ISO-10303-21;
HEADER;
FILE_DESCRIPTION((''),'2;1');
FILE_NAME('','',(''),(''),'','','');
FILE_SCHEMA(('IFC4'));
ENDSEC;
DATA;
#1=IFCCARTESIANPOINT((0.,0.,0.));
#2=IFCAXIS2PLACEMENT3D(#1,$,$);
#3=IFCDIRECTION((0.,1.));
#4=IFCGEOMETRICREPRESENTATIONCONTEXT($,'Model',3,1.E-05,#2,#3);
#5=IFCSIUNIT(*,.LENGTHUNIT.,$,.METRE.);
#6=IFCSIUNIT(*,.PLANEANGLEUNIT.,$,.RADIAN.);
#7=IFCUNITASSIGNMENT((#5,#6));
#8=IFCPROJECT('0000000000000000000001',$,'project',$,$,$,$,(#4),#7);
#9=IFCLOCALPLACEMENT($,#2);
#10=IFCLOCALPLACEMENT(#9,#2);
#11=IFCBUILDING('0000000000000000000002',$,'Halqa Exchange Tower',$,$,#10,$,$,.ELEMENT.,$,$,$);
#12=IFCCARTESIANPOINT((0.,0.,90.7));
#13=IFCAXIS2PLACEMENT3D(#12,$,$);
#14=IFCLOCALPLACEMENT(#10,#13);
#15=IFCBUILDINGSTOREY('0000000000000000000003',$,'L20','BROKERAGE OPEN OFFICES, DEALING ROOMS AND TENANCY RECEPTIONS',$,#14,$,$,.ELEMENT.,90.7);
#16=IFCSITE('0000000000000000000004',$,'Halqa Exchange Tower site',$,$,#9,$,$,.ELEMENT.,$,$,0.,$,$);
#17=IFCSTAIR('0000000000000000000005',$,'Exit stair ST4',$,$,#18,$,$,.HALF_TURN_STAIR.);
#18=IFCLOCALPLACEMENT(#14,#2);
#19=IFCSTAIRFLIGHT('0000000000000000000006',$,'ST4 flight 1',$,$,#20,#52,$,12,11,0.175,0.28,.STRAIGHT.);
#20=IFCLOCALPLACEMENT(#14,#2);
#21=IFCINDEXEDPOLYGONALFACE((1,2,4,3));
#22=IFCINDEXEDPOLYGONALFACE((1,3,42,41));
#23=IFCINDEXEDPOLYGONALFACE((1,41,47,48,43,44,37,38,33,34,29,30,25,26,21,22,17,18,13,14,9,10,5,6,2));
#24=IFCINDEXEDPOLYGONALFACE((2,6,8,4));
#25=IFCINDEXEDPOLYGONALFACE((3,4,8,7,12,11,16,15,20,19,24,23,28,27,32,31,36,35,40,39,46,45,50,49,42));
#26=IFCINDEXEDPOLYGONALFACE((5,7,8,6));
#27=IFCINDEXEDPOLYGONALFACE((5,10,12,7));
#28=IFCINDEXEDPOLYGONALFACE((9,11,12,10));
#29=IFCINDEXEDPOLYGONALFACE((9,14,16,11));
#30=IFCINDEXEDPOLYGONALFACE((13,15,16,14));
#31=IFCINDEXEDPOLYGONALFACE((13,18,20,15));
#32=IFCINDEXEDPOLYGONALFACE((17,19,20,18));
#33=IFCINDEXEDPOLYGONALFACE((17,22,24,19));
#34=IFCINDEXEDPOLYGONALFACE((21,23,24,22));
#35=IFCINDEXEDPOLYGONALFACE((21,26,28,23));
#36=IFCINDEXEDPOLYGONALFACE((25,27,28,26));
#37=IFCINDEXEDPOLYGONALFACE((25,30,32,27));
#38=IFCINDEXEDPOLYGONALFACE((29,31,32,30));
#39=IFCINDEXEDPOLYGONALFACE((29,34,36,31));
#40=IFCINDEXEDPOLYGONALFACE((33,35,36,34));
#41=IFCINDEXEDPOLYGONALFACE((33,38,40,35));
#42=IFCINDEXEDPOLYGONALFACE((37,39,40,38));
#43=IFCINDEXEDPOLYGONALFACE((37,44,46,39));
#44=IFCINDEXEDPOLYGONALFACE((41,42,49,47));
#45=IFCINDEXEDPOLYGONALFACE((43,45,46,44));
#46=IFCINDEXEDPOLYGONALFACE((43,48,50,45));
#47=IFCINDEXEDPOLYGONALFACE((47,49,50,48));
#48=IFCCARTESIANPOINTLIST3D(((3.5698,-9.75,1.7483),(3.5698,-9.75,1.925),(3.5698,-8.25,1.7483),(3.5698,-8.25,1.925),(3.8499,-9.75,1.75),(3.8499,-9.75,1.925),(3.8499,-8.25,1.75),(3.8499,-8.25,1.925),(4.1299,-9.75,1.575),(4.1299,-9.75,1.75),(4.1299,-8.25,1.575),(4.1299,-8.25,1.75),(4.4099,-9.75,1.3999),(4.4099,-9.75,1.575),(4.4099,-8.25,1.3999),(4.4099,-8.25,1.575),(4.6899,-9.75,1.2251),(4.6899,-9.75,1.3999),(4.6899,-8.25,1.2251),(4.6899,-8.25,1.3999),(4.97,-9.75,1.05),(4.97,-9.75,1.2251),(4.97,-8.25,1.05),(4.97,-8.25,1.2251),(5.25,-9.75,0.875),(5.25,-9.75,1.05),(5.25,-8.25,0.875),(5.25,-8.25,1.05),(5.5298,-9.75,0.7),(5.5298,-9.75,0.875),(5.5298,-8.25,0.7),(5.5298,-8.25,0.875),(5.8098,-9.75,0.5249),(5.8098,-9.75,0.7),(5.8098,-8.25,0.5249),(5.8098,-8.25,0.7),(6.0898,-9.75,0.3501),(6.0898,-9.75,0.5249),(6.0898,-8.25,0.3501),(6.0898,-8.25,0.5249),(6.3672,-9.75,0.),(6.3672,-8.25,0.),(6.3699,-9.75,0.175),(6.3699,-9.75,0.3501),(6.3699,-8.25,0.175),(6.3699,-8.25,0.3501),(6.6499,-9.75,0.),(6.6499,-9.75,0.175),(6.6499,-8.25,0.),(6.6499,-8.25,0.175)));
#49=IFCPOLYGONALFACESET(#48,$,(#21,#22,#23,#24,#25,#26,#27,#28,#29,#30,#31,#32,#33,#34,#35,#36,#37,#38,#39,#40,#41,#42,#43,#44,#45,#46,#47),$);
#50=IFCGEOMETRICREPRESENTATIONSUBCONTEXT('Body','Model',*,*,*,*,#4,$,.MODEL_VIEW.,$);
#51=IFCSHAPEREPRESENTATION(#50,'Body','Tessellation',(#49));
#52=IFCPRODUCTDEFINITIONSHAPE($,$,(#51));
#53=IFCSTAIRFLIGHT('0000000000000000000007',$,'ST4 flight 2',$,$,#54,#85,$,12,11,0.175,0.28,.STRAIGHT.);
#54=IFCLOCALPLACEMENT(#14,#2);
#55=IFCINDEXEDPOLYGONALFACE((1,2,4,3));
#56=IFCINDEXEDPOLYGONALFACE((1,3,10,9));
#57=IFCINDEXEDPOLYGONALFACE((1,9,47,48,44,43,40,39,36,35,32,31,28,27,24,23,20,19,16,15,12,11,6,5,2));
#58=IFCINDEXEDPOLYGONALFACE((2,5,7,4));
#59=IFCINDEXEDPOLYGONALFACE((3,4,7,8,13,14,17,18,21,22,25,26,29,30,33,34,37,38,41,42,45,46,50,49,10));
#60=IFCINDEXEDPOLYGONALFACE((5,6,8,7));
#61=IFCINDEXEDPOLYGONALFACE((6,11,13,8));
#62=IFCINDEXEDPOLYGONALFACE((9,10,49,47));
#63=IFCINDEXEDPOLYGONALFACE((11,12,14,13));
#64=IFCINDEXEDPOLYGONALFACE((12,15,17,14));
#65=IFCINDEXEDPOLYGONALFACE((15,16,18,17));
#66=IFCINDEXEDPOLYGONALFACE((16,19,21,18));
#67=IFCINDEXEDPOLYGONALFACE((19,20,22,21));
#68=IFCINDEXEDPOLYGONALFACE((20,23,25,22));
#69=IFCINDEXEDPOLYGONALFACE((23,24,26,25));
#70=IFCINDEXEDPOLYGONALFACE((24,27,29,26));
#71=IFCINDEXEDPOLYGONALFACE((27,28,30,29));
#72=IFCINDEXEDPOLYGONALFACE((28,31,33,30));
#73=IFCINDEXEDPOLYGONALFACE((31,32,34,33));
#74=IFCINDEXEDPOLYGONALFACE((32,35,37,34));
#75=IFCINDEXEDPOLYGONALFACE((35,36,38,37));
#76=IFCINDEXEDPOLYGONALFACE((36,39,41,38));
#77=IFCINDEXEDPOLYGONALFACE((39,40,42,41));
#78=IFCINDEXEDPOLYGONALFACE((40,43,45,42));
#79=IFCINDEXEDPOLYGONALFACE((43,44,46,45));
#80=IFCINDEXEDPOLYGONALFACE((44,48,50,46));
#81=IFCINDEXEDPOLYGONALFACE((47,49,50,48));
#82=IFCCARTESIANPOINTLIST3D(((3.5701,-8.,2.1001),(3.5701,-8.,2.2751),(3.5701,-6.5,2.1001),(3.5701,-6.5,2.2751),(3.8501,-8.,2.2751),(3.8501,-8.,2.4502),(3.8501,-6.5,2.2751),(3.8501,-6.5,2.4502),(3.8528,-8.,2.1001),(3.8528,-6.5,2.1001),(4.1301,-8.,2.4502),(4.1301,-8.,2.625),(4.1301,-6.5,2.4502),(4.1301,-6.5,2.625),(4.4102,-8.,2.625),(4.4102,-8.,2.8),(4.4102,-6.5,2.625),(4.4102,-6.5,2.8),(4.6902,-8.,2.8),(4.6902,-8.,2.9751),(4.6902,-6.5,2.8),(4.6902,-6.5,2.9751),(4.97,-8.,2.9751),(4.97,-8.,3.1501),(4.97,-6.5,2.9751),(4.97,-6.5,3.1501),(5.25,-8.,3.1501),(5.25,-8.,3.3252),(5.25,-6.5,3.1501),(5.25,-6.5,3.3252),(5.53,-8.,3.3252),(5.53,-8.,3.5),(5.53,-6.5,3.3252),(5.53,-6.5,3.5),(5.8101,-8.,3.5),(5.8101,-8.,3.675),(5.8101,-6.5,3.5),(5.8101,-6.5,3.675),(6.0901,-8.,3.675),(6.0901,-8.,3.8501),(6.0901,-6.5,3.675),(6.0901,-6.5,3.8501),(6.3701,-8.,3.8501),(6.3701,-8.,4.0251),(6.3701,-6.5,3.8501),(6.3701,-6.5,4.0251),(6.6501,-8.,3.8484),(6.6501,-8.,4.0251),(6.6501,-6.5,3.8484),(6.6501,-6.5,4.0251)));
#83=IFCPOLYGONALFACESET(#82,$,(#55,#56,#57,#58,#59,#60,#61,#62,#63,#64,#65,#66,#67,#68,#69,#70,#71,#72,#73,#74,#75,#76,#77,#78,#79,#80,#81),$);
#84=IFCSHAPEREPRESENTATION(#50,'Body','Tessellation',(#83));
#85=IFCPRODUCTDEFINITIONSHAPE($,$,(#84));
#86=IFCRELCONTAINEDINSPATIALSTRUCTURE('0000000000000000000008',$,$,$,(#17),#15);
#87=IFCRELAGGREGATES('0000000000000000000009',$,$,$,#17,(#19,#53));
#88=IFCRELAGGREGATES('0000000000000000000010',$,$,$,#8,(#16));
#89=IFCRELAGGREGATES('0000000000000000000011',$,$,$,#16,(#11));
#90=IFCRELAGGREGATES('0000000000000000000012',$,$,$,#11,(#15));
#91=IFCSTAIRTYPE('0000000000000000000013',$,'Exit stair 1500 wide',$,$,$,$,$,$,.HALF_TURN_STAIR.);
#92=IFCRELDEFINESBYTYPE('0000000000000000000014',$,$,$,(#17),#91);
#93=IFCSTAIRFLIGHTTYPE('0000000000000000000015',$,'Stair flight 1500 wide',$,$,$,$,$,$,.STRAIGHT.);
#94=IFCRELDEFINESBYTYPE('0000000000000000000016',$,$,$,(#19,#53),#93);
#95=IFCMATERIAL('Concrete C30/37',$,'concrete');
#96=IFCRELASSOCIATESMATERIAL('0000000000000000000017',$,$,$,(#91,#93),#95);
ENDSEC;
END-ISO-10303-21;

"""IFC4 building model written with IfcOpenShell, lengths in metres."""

from ifc_helpers import new_model, si_unit, direction, frame, origin, place, context, subcontext, project, spatial, polyline, outline, extrude, material, type_object, element, aggregate, save


model = new_model("IFC4")

# Units and contexts
model_context = context("Model", 3, precision=1e-05, world=origin(), true_north=direction((0.0, 1.0)))
body_context = subcontext(model_context, "Body", "Model", "MODEL_VIEW")
ifc_project = project(units=[si_unit("LENGTHUNIT", "METRE"), si_unit("PLANEANGLEUNIT", "RADIAN")], contexts=[model_context])

# Site, building, storey
site_placement = place(None, origin())
site = spatial("IfcSite", under=ifc_project, at=site_placement, Name="Halqa Exchange Tower site", CompositionType="ELEMENT", RefElevation=0.0)
building_placement = place(site_placement, origin())
building = spatial("IfcBuilding", under=site, at=building_placement, Name="Halqa Exchange Tower", CompositionType="ELEMENT")
storey_placement = place(building_placement, frame((0.0, 0.0, 90.7)))
storey = spatial("IfcBuildingStorey", under=building, at=storey_placement, Name="L20", Description="BROKERAGE OPEN OFFICES, DEALING ROOMS AND TENANCY RECEPTIONS", CompositionType="ELEMENT", Elevation=90.7)

# Shared definitions
ifc_material_1 = material(Name="Concrete C30/37", Category="concrete")

# Stair, stair flights
stair_type = type_object("IfcStairType", Name="Exit stair 1500 wide", PredefinedType="HALF_TURN_STAIR", material=ifc_material_1)
stair_placement = place(storey_placement, origin())
stair = element("IfcStair", 1, at=stair_placement, inside=storey, type_object=stair_type, Name="Exit stair ST4", PredefinedType="HALF_TURN_STAIR")
stair_flight_type = type_object("IfcStairFlightType", Name="Stair flight 1500 wide", PredefinedType="STRAIGHT", material=ifc_material_1)
stair_flight_1_placement = place(storey_placement, frame((6.6499, -9.0, 0.0), z_axis=(0.0, 0.0, 1.0), x_axis=(-1.0, 0.0, 0.0)))
stair_flight_1 = element("IfcStairFlight", 2, at=stair_flight_1_placement, type_object=stair_flight_type, Name="ST4 flight 1", NumberOfRisers=12, NumberOfTreads=11, PredefinedType="STRAIGHT", RiserHeight=0.175, TreadLength=0.28, context=body_context, shape_type="SweptSolid", body=[
    extrude(outline(polyline([(0.0, 0.0), (0.0, 0.175), (0.28, 0.175), (0.28, 0.3501), (0.5601, 0.3501), (0.5601, 0.5249), (0.8401, 0.5249), (0.8401, 0.7), (1.1201, 0.7), (1.1201, 0.875), (1.3999, 0.875), (1.3999, 1.05), (1.6799, 1.05), (1.6799, 1.2251), (1.96, 1.2251), (1.96, 1.3999), (2.24, 1.3999), (2.24, 1.575), (2.52, 1.575), (2.52, 1.75), (2.8, 1.75), (2.8, 1.925), (3.0801, 1.925), (3.0801, 2.1001), (3.0801, 1.7483), (0.2827, 0.0), (0.0, 0.0)])), frame((0.0, 0.75, 0.0), z_axis=(0.0, -1.0, 0.0), x_axis=(1.0, 0.0, 0.0)), (0.0, 0.0, 1.0), 1.5),
])
stair_flight_2_placement = place(storey_placement, frame((3.5701, -7.25, 2.1001), z_axis=(0.0, 0.0, 1.0), x_axis=(1.0, 0.0, 0.0)))
stair_flight_2 = element("IfcStairFlight", 3, at=stair_flight_2_placement, type_object=stair_flight_type, Name="ST4 flight 2", NumberOfRisers=12, NumberOfTreads=11, PredefinedType="STRAIGHT", RiserHeight=0.175, TreadLength=0.28, context=body_context, shape_type="SweptSolid", body=[
    extrude(outline(polyline([(0.0, 0.0), (0.0, 0.175), (0.28, 0.175), (0.28, 0.3501), (0.5601, 0.3501), (0.5601, 0.5249), (0.8401, 0.5249), (0.8401, 0.7), (1.1201, 0.7), (1.1201, 0.875), (1.3999, 0.875), (1.3999, 1.05), (1.6799, 1.05), (1.6799, 1.2251), (1.96, 1.2251), (1.96, 1.3999), (2.24, 1.3999), (2.24, 1.575), (2.52, 1.575), (2.52, 1.75), (2.8, 1.75), (2.8, 1.925), (3.0801, 1.925), (3.0801, 2.1001), (3.0801, 1.7483), (0.2827, 0.0), (0.0, 0.0)])), frame((0.0, 0.75, 0.0), z_axis=(0.0, -1.0, 0.0), x_axis=(1.0, 0.0, 0.0)), (0.0, 0.0, 1.0), 1.5),
])
aggregate(stair, [stair_flight_1, stair_flight_2])

save(model, "model.ifc")
